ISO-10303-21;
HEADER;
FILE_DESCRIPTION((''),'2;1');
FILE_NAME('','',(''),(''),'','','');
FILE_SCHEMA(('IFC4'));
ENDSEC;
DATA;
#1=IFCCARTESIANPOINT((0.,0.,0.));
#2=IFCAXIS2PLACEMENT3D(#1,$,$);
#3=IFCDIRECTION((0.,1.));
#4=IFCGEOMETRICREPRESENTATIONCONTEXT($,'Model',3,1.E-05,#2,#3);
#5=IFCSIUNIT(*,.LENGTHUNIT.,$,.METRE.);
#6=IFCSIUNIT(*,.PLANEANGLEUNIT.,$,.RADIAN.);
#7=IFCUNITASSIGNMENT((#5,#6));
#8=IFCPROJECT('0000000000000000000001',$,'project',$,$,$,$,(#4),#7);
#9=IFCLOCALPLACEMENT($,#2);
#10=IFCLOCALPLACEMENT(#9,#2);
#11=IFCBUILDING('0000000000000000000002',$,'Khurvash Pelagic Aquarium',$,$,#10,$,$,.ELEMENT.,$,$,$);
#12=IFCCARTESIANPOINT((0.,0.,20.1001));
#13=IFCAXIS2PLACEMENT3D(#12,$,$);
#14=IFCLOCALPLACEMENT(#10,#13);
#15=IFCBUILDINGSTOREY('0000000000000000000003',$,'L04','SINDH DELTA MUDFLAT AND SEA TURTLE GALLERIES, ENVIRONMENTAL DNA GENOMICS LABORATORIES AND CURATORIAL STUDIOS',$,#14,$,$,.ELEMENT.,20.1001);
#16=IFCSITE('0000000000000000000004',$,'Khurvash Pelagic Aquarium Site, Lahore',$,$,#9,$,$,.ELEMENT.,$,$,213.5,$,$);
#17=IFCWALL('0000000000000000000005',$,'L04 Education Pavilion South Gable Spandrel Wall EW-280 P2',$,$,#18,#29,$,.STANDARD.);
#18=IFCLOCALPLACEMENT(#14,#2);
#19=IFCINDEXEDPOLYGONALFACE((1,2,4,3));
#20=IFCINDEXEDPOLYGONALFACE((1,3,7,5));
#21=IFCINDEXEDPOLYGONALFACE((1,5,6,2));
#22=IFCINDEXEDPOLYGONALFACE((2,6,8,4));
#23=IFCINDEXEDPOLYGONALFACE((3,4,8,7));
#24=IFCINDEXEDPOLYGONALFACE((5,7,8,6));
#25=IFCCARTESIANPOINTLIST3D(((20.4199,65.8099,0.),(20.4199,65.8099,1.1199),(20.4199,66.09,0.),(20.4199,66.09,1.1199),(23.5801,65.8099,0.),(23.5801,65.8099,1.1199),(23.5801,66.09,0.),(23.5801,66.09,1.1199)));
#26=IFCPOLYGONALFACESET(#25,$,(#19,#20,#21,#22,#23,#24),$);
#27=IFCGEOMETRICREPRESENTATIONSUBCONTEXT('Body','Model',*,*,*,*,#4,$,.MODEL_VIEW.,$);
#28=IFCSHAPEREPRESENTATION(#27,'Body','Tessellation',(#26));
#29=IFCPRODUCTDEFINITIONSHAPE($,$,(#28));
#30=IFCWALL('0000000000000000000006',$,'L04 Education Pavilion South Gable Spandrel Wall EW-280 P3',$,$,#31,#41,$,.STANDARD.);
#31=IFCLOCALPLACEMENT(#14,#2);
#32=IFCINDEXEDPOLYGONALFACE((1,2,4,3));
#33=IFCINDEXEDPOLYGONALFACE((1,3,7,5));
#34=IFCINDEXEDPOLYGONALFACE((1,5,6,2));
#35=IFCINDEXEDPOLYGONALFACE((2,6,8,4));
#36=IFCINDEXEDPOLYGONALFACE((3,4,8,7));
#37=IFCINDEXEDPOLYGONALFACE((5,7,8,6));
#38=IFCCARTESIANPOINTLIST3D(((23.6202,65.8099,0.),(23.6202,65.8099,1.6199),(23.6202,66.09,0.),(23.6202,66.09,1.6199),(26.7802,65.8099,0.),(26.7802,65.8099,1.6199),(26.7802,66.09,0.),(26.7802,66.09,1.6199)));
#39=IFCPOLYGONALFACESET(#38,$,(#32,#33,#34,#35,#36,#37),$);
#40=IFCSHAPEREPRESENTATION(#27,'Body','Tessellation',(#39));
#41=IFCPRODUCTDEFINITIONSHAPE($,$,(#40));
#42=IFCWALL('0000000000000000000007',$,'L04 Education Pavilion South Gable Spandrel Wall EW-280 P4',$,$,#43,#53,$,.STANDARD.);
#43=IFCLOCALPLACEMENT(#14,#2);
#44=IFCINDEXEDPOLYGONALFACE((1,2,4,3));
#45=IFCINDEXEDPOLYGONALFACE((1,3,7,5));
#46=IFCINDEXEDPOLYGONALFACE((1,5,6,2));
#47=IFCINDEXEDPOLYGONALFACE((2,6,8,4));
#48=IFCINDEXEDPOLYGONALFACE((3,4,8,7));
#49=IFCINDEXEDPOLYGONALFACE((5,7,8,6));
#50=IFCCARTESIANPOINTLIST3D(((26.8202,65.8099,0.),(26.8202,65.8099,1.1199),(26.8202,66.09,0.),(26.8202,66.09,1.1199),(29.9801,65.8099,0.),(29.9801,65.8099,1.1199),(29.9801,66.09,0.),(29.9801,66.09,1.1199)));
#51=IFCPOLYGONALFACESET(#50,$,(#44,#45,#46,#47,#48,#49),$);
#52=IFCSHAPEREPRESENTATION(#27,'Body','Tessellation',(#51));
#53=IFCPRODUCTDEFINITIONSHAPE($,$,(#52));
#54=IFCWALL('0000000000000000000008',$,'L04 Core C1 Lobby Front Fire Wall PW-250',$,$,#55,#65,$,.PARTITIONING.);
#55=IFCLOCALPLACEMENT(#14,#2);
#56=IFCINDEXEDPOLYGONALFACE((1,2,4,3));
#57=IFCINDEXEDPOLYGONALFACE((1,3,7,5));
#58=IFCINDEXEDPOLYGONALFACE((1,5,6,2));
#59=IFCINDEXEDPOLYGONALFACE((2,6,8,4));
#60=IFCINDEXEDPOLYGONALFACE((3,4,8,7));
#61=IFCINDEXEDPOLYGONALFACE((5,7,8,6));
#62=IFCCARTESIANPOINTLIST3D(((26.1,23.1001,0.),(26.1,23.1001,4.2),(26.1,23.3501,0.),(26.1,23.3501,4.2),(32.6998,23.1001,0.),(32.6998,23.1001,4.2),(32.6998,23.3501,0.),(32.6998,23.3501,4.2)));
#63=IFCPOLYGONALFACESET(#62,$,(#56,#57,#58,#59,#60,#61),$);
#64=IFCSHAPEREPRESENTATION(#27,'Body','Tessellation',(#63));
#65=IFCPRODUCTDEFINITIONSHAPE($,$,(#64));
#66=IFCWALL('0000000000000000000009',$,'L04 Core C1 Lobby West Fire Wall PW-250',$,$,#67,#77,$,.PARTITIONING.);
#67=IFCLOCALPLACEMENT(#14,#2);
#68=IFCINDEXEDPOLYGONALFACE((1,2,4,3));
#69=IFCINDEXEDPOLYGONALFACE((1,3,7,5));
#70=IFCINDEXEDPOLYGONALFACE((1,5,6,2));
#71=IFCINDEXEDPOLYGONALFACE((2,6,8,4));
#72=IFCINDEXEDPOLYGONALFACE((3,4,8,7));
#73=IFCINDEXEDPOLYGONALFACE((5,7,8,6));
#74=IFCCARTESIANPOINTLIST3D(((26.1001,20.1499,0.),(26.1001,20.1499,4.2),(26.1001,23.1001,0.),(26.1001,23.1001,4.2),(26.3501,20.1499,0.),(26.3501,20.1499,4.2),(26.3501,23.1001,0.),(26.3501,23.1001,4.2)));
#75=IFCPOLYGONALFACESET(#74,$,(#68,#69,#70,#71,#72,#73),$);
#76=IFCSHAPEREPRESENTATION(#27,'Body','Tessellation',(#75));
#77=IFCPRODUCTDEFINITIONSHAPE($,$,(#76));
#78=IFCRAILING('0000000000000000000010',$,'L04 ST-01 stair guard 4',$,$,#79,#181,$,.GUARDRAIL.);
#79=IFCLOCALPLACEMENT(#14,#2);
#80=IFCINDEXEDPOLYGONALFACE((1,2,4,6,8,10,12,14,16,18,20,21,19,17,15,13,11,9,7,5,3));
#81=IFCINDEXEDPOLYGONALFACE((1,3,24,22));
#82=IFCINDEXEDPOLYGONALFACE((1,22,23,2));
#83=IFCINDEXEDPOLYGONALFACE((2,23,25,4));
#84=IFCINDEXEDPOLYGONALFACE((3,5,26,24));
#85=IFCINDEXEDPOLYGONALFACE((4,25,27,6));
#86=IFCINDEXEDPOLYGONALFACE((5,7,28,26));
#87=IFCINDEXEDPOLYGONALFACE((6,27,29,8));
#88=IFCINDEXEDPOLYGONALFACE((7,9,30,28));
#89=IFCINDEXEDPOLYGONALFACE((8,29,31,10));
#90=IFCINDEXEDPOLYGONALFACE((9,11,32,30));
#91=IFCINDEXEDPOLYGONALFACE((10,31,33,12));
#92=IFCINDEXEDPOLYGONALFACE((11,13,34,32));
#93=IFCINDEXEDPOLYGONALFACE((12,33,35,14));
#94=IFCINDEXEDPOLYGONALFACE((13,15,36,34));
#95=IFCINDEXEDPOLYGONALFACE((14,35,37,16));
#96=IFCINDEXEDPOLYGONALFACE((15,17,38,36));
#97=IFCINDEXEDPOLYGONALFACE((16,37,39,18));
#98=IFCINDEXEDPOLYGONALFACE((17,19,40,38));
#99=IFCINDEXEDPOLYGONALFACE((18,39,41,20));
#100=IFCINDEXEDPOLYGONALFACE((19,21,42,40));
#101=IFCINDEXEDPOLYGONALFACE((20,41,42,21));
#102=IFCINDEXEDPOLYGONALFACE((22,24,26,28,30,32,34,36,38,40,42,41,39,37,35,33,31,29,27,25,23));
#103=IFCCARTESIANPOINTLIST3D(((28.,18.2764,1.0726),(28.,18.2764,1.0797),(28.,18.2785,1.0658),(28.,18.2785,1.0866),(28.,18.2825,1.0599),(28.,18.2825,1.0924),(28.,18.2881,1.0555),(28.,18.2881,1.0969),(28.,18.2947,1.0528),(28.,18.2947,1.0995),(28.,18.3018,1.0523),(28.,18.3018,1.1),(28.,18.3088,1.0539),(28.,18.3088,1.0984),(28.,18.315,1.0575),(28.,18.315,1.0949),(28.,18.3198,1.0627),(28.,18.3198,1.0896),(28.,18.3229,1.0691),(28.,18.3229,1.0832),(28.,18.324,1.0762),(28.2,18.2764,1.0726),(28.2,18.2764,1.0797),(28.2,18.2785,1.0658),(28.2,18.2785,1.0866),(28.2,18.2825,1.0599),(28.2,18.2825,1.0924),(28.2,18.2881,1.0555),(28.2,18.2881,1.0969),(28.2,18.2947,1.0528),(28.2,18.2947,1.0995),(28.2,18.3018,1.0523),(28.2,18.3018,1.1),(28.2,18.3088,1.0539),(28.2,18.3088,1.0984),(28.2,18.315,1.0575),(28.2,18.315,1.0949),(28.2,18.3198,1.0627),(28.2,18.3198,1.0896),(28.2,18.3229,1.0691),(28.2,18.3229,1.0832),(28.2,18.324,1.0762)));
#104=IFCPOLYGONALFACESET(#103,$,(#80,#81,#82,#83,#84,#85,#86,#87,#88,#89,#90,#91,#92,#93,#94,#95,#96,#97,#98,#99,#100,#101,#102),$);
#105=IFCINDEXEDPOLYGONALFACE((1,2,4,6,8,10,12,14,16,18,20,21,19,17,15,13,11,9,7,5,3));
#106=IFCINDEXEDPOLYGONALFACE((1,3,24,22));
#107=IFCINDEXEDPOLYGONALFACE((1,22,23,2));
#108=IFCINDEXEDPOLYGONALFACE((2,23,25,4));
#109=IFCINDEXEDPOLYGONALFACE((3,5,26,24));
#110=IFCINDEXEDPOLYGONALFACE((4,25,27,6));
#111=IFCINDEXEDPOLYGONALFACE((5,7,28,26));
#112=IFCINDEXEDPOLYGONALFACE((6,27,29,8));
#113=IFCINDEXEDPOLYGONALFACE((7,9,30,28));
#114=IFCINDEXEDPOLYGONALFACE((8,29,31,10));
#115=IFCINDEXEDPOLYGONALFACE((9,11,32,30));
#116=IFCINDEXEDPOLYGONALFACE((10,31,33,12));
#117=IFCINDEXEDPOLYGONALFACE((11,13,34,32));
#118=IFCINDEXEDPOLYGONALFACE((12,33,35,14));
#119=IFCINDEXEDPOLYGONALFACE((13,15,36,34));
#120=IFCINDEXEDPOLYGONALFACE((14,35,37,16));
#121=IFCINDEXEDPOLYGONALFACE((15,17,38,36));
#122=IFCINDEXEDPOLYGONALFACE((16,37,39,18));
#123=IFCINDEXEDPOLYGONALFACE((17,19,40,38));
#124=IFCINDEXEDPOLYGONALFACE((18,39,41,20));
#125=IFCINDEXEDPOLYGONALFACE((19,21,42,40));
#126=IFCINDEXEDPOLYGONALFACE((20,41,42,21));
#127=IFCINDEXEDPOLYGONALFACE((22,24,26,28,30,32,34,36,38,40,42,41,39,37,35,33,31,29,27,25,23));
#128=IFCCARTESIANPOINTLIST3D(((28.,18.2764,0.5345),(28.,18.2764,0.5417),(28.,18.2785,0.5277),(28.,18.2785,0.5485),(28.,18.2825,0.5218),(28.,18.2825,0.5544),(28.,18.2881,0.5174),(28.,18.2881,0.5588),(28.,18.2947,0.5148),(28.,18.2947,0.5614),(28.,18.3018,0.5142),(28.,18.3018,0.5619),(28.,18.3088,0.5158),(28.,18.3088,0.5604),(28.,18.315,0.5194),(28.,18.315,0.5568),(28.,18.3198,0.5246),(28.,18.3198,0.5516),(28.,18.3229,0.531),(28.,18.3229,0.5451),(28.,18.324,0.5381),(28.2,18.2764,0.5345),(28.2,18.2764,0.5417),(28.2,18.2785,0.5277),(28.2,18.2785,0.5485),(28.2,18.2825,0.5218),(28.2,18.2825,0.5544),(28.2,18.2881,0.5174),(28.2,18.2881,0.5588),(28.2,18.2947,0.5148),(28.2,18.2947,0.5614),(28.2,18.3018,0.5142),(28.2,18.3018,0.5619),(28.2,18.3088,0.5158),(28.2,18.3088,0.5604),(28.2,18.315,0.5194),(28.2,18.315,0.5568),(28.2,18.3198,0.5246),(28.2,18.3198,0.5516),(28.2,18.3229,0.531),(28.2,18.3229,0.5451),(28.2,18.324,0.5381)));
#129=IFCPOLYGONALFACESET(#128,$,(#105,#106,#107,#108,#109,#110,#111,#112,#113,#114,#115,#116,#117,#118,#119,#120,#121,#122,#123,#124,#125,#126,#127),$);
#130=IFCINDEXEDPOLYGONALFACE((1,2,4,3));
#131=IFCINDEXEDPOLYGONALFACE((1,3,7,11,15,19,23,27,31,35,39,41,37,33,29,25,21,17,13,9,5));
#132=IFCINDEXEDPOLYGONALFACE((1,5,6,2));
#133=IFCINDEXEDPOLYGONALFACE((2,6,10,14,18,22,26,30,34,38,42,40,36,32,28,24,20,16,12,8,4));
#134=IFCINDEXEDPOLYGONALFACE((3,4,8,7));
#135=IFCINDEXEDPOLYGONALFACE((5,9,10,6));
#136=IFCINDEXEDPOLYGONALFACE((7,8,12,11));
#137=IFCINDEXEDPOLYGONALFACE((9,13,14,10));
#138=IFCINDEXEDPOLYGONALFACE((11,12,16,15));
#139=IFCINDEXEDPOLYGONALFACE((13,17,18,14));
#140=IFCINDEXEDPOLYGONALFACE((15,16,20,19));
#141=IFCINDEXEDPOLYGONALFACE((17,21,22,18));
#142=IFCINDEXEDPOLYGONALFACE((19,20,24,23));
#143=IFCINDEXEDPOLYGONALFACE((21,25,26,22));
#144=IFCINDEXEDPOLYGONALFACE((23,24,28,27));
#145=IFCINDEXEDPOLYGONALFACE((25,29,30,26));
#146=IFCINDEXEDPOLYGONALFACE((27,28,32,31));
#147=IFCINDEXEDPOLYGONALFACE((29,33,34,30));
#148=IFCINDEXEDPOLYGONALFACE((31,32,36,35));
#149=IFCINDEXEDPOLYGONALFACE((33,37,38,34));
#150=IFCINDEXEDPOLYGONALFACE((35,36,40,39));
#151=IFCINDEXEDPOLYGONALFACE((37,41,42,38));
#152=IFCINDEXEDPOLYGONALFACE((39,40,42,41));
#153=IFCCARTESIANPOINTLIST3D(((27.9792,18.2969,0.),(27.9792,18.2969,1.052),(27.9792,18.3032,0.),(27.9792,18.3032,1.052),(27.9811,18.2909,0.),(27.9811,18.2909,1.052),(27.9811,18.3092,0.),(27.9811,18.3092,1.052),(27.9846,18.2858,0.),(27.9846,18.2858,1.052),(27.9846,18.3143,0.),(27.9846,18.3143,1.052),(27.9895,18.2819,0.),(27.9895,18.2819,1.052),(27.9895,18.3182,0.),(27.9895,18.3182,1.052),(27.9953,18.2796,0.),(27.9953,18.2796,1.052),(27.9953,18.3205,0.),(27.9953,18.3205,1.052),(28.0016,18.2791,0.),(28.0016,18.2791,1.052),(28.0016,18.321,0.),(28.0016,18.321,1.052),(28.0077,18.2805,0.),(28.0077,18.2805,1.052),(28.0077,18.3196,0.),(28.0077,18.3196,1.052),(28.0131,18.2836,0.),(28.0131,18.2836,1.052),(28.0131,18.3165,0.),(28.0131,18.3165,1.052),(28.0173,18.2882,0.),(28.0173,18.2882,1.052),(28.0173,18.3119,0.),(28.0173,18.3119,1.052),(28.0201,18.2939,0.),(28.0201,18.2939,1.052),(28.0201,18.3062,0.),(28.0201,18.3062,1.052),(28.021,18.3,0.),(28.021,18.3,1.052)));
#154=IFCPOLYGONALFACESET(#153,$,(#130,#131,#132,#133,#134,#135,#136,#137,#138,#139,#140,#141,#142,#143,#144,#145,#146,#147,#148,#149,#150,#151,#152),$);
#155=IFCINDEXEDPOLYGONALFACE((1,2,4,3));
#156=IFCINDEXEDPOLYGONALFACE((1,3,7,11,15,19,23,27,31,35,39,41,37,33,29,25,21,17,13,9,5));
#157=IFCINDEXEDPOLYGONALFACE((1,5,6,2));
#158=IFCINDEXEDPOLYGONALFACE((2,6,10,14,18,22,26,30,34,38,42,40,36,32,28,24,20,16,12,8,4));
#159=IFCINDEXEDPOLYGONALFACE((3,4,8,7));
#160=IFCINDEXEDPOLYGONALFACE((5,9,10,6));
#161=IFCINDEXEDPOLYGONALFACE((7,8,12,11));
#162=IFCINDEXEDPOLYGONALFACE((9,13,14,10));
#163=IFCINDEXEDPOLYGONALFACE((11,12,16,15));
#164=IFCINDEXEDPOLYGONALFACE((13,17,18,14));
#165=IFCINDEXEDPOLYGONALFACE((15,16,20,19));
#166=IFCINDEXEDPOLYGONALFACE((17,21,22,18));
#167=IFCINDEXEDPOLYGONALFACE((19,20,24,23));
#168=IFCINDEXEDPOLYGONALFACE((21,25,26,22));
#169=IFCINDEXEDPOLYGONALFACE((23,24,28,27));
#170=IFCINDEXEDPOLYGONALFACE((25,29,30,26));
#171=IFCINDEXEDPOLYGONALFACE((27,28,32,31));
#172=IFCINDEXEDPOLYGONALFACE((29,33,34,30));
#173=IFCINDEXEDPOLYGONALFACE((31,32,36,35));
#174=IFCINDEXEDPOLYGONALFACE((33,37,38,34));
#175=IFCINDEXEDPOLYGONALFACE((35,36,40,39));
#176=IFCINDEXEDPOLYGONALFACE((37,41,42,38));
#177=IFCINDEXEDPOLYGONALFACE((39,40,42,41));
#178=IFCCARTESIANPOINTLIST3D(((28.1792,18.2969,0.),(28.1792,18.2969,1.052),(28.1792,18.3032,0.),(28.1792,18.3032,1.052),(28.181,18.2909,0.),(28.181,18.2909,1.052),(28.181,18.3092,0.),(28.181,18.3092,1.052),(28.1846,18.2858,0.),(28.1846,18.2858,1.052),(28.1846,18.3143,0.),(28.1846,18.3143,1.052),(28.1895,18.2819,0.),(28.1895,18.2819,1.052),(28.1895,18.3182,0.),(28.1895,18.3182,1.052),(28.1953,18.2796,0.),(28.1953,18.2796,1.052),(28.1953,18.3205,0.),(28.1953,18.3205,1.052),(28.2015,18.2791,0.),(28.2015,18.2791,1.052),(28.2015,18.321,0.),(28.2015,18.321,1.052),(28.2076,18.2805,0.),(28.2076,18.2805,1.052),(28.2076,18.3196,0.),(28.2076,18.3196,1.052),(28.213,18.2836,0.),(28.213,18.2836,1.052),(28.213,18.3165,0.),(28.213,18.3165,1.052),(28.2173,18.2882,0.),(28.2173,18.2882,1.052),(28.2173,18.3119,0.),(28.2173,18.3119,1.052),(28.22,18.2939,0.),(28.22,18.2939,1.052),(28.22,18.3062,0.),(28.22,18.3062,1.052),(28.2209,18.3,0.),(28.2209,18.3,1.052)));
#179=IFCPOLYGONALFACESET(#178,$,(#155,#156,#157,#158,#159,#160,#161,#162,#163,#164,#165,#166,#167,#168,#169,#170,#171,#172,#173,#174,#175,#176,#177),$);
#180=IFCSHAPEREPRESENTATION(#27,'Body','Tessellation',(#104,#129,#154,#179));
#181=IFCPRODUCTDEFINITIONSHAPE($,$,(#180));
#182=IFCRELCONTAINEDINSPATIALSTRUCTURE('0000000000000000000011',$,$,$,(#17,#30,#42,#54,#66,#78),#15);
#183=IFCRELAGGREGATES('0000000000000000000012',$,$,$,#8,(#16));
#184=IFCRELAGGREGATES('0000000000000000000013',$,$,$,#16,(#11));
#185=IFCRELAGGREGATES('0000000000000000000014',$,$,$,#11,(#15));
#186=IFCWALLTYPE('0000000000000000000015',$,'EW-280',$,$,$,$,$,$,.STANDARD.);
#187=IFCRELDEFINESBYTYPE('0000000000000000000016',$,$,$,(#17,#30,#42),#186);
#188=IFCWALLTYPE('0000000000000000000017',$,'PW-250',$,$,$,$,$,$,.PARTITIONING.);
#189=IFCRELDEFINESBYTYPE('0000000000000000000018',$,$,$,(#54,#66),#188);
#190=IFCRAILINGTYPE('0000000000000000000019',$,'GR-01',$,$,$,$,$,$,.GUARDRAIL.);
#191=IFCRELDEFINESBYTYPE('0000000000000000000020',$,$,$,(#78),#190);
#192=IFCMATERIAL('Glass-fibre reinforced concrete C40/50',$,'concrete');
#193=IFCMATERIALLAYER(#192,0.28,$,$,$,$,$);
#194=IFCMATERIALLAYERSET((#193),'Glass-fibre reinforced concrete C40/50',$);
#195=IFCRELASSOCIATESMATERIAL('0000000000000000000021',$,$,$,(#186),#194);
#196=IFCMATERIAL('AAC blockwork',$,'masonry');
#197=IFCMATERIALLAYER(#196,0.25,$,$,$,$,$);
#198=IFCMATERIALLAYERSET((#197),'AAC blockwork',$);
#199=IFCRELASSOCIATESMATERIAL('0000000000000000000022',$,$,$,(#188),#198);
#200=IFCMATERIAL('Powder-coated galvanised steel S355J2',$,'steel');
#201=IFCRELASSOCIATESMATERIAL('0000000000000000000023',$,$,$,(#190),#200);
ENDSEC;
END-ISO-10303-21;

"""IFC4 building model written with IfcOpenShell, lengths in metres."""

from ifc_helpers import new_model, si_unit, direction, frame, frame_2d, origin, origin_2d, place, context, subcontext, project, spatial, rectangle, circle, extrude, material, layer, layer_set, type_object, element, save


model = new_model("IFC4")

# Units and contexts
model_context = context("Model", 3, precision=1e-05, world=origin(), true_north=direction((0.0, 1.0)))
body_context = subcontext(model_context, "Body", "Model", "MODEL_VIEW")
ifc_project = project(units=[si_unit("LENGTHUNIT", "METRE"), si_unit("PLANEANGLEUNIT", "RADIAN")], contexts=[model_context])

# Site, building, storey
site_placement = place(None, origin())
site = spatial("IfcSite", under=ifc_project, at=site_placement, Name="Khurvash Pelagic Aquarium Site, Lahore", CompositionType="ELEMENT", RefElevation=213.5)
building_placement = place(site_placement, origin())
building = spatial("IfcBuilding", under=site, at=building_placement, Name="Khurvash Pelagic Aquarium", CompositionType="ELEMENT")
storey_placement = place(building_placement, frame((0.0, 0.0, 20.1001)))
storey = spatial("IfcBuildingStorey", under=building, at=storey_placement, Name="L04", Description="SINDH DELTA MUDFLAT AND SEA TURTLE GALLERIES, ENVIRONMENTAL DNA GENOMICS LABORATORIES AND CURATORIAL STUDIOS", CompositionType="ELEMENT", Elevation=20.1001)

# Shared definitions
ifc_material_1 = material(Name="Glass-fibre reinforced concrete C40/50", Category="concrete")

# Walls
ifc_layer_1 = layer(ifc_material_1, 0.28)
ifc_layer_set_1 = layer_set([ifc_layer_1], Name="Glass-fibre reinforced concrete C40/50")
wall_type_1 = type_object("IfcWallType", Name="EW-280", PredefinedType="STANDARD", material=ifc_layer_set_1)
wall_1_placement = place(storey_placement, frame((20.4199, 65.95, 0.0), z_axis=(0.0, 0.0, 1.0), x_axis=(1.0, 0.0, 0.0)))
element("IfcWall", 1, at=wall_1_placement, inside=storey, type_object=wall_type_1, Name="L04 Education Pavilion South Gable Spandrel Wall EW-280 P2", PredefinedType="STANDARD", context=body_context, shape_type="SweptSolid", body=[
    extrude(rectangle(XDim=3.1602, YDim=0.28, at=frame_2d((1.5801, 0.0))), origin(), (0.0, 0.0, 1.0), 1.1199),
])
wall_2_placement = place(storey_placement, frame((23.6201, 65.95, 0.0), z_axis=(0.0, 0.0, 1.0), x_axis=(1.0, 0.0, 0.0)))
element("IfcWall", 2, at=wall_2_placement, inside=storey, type_object=wall_type_1, Name="L04 Education Pavilion South Gable Spandrel Wall EW-280 P3", PredefinedType="STANDARD", context=body_context, shape_type="SweptSolid", body=[
    extrude(rectangle(XDim=3.1599, YDim=0.28, at=frame_2d((1.5801, 0.0))), origin(), (0.0, 0.0, 1.0), 1.6199),
])
wall_3_placement = place(storey_placement, frame((26.8201, 65.95, 0.0), z_axis=(0.0, 0.0, 1.0), x_axis=(1.0, 0.0, 0.0)))
element("IfcWall", 3, at=wall_3_placement, inside=storey, type_object=wall_type_1, Name="L04 Education Pavilion South Gable Spandrel Wall EW-280 P4", PredefinedType="STANDARD", context=body_context, shape_type="SweptSolid", body=[
    extrude(rectangle(XDim=3.1599, YDim=0.28, at=frame_2d((1.5801, 0.0))), origin(), (0.0, 0.0, 1.0), 1.1199),
])
ifc_material_2 = material(Name="AAC blockwork", Category="masonry")
ifc_layer_2 = layer(ifc_material_2, 0.25)
ifc_layer_set_2 = layer_set([ifc_layer_2], Name="AAC blockwork")
wall_type_2 = type_object("IfcWallType", Name="PW-250", PredefinedType="PARTITIONING", material=ifc_layer_set_2)
wall_4_placement = place(storey_placement, frame((26.1001, 23.2251, 0.0), z_axis=(0.0, 0.0, 1.0), x_axis=(1.0, 0.0, 0.0)))
element("IfcWall", 4, at=wall_4_placement, inside=storey, type_object=wall_type_2, Name="L04 Core C1 Lobby Front Fire Wall PW-250", PredefinedType="PARTITIONING", context=body_context, shape_type="SweptSolid", body=[
    extrude(rectangle(XDim=6.5999, YDim=0.25, at=frame_2d((3.2998, 0.0))), origin(), (0.0, 0.0, 1.0), 4.2),
])
wall_5_placement = place(storey_placement, frame((26.2251, 20.1499, 0.0), z_axis=(0.0, 0.0, 1.0), x_axis=(0.0, 1.0, 0.0)))
element("IfcWall", 5, at=wall_5_placement, inside=storey, type_object=wall_type_2, Name="L04 Core C1 Lobby West Fire Wall PW-250", PredefinedType="PARTITIONING", context=body_context, shape_type="SweptSolid", body=[
    extrude(rectangle(XDim=2.9502, YDim=0.25, at=frame_2d((1.4751, 0.0))), origin(), (0.0, 0.0, 1.0), 4.2),
])

# Railing
ifc_material_3 = material(Name="Powder-coated galvanised steel S355J2", Category="steel")
railing_type = type_object("IfcRailingType", Name="GR-01", PredefinedType="GUARDRAIL", material=ifc_material_3)
railing_placement = place(storey_placement, frame((28.0, 18.3, 0.0)))
element("IfcRailing", 6, at=railing_placement, inside=storey, type_object=railing_type, Name="L04 ST-01 stair guard 4", PredefinedType="GUARDRAIL", context=body_context, shape_type="SweptSolid", body=[
    extrude(circle(Radius=0.0239, at=origin_2d()), frame((0.0, 0.0, 1.0762), z_axis=(1.0, 0.0, 0.0), x_axis=(0.0, 1.0, 0.0)), (0.0, 0.0, 1.0), 0.2),
    extrude(circle(Radius=0.0239, at=origin_2d()), frame((0.0, 0.0, 0.5381), z_axis=(1.0, 0.0, 0.0), x_axis=(0.0, 1.0, 0.0)), (0.0, 0.0, 1.0), 0.2),
    extrude(circle(Radius=0.021, at=origin_2d()), origin(), (0.0, 0.0, 1.0), 1.052),
    extrude(circle(Radius=0.021, at=origin_2d()), frame((0.2, 0.0, 0.0)), (0.0, 0.0, 1.0), 1.052),
])

save(model, "model.ifc")
